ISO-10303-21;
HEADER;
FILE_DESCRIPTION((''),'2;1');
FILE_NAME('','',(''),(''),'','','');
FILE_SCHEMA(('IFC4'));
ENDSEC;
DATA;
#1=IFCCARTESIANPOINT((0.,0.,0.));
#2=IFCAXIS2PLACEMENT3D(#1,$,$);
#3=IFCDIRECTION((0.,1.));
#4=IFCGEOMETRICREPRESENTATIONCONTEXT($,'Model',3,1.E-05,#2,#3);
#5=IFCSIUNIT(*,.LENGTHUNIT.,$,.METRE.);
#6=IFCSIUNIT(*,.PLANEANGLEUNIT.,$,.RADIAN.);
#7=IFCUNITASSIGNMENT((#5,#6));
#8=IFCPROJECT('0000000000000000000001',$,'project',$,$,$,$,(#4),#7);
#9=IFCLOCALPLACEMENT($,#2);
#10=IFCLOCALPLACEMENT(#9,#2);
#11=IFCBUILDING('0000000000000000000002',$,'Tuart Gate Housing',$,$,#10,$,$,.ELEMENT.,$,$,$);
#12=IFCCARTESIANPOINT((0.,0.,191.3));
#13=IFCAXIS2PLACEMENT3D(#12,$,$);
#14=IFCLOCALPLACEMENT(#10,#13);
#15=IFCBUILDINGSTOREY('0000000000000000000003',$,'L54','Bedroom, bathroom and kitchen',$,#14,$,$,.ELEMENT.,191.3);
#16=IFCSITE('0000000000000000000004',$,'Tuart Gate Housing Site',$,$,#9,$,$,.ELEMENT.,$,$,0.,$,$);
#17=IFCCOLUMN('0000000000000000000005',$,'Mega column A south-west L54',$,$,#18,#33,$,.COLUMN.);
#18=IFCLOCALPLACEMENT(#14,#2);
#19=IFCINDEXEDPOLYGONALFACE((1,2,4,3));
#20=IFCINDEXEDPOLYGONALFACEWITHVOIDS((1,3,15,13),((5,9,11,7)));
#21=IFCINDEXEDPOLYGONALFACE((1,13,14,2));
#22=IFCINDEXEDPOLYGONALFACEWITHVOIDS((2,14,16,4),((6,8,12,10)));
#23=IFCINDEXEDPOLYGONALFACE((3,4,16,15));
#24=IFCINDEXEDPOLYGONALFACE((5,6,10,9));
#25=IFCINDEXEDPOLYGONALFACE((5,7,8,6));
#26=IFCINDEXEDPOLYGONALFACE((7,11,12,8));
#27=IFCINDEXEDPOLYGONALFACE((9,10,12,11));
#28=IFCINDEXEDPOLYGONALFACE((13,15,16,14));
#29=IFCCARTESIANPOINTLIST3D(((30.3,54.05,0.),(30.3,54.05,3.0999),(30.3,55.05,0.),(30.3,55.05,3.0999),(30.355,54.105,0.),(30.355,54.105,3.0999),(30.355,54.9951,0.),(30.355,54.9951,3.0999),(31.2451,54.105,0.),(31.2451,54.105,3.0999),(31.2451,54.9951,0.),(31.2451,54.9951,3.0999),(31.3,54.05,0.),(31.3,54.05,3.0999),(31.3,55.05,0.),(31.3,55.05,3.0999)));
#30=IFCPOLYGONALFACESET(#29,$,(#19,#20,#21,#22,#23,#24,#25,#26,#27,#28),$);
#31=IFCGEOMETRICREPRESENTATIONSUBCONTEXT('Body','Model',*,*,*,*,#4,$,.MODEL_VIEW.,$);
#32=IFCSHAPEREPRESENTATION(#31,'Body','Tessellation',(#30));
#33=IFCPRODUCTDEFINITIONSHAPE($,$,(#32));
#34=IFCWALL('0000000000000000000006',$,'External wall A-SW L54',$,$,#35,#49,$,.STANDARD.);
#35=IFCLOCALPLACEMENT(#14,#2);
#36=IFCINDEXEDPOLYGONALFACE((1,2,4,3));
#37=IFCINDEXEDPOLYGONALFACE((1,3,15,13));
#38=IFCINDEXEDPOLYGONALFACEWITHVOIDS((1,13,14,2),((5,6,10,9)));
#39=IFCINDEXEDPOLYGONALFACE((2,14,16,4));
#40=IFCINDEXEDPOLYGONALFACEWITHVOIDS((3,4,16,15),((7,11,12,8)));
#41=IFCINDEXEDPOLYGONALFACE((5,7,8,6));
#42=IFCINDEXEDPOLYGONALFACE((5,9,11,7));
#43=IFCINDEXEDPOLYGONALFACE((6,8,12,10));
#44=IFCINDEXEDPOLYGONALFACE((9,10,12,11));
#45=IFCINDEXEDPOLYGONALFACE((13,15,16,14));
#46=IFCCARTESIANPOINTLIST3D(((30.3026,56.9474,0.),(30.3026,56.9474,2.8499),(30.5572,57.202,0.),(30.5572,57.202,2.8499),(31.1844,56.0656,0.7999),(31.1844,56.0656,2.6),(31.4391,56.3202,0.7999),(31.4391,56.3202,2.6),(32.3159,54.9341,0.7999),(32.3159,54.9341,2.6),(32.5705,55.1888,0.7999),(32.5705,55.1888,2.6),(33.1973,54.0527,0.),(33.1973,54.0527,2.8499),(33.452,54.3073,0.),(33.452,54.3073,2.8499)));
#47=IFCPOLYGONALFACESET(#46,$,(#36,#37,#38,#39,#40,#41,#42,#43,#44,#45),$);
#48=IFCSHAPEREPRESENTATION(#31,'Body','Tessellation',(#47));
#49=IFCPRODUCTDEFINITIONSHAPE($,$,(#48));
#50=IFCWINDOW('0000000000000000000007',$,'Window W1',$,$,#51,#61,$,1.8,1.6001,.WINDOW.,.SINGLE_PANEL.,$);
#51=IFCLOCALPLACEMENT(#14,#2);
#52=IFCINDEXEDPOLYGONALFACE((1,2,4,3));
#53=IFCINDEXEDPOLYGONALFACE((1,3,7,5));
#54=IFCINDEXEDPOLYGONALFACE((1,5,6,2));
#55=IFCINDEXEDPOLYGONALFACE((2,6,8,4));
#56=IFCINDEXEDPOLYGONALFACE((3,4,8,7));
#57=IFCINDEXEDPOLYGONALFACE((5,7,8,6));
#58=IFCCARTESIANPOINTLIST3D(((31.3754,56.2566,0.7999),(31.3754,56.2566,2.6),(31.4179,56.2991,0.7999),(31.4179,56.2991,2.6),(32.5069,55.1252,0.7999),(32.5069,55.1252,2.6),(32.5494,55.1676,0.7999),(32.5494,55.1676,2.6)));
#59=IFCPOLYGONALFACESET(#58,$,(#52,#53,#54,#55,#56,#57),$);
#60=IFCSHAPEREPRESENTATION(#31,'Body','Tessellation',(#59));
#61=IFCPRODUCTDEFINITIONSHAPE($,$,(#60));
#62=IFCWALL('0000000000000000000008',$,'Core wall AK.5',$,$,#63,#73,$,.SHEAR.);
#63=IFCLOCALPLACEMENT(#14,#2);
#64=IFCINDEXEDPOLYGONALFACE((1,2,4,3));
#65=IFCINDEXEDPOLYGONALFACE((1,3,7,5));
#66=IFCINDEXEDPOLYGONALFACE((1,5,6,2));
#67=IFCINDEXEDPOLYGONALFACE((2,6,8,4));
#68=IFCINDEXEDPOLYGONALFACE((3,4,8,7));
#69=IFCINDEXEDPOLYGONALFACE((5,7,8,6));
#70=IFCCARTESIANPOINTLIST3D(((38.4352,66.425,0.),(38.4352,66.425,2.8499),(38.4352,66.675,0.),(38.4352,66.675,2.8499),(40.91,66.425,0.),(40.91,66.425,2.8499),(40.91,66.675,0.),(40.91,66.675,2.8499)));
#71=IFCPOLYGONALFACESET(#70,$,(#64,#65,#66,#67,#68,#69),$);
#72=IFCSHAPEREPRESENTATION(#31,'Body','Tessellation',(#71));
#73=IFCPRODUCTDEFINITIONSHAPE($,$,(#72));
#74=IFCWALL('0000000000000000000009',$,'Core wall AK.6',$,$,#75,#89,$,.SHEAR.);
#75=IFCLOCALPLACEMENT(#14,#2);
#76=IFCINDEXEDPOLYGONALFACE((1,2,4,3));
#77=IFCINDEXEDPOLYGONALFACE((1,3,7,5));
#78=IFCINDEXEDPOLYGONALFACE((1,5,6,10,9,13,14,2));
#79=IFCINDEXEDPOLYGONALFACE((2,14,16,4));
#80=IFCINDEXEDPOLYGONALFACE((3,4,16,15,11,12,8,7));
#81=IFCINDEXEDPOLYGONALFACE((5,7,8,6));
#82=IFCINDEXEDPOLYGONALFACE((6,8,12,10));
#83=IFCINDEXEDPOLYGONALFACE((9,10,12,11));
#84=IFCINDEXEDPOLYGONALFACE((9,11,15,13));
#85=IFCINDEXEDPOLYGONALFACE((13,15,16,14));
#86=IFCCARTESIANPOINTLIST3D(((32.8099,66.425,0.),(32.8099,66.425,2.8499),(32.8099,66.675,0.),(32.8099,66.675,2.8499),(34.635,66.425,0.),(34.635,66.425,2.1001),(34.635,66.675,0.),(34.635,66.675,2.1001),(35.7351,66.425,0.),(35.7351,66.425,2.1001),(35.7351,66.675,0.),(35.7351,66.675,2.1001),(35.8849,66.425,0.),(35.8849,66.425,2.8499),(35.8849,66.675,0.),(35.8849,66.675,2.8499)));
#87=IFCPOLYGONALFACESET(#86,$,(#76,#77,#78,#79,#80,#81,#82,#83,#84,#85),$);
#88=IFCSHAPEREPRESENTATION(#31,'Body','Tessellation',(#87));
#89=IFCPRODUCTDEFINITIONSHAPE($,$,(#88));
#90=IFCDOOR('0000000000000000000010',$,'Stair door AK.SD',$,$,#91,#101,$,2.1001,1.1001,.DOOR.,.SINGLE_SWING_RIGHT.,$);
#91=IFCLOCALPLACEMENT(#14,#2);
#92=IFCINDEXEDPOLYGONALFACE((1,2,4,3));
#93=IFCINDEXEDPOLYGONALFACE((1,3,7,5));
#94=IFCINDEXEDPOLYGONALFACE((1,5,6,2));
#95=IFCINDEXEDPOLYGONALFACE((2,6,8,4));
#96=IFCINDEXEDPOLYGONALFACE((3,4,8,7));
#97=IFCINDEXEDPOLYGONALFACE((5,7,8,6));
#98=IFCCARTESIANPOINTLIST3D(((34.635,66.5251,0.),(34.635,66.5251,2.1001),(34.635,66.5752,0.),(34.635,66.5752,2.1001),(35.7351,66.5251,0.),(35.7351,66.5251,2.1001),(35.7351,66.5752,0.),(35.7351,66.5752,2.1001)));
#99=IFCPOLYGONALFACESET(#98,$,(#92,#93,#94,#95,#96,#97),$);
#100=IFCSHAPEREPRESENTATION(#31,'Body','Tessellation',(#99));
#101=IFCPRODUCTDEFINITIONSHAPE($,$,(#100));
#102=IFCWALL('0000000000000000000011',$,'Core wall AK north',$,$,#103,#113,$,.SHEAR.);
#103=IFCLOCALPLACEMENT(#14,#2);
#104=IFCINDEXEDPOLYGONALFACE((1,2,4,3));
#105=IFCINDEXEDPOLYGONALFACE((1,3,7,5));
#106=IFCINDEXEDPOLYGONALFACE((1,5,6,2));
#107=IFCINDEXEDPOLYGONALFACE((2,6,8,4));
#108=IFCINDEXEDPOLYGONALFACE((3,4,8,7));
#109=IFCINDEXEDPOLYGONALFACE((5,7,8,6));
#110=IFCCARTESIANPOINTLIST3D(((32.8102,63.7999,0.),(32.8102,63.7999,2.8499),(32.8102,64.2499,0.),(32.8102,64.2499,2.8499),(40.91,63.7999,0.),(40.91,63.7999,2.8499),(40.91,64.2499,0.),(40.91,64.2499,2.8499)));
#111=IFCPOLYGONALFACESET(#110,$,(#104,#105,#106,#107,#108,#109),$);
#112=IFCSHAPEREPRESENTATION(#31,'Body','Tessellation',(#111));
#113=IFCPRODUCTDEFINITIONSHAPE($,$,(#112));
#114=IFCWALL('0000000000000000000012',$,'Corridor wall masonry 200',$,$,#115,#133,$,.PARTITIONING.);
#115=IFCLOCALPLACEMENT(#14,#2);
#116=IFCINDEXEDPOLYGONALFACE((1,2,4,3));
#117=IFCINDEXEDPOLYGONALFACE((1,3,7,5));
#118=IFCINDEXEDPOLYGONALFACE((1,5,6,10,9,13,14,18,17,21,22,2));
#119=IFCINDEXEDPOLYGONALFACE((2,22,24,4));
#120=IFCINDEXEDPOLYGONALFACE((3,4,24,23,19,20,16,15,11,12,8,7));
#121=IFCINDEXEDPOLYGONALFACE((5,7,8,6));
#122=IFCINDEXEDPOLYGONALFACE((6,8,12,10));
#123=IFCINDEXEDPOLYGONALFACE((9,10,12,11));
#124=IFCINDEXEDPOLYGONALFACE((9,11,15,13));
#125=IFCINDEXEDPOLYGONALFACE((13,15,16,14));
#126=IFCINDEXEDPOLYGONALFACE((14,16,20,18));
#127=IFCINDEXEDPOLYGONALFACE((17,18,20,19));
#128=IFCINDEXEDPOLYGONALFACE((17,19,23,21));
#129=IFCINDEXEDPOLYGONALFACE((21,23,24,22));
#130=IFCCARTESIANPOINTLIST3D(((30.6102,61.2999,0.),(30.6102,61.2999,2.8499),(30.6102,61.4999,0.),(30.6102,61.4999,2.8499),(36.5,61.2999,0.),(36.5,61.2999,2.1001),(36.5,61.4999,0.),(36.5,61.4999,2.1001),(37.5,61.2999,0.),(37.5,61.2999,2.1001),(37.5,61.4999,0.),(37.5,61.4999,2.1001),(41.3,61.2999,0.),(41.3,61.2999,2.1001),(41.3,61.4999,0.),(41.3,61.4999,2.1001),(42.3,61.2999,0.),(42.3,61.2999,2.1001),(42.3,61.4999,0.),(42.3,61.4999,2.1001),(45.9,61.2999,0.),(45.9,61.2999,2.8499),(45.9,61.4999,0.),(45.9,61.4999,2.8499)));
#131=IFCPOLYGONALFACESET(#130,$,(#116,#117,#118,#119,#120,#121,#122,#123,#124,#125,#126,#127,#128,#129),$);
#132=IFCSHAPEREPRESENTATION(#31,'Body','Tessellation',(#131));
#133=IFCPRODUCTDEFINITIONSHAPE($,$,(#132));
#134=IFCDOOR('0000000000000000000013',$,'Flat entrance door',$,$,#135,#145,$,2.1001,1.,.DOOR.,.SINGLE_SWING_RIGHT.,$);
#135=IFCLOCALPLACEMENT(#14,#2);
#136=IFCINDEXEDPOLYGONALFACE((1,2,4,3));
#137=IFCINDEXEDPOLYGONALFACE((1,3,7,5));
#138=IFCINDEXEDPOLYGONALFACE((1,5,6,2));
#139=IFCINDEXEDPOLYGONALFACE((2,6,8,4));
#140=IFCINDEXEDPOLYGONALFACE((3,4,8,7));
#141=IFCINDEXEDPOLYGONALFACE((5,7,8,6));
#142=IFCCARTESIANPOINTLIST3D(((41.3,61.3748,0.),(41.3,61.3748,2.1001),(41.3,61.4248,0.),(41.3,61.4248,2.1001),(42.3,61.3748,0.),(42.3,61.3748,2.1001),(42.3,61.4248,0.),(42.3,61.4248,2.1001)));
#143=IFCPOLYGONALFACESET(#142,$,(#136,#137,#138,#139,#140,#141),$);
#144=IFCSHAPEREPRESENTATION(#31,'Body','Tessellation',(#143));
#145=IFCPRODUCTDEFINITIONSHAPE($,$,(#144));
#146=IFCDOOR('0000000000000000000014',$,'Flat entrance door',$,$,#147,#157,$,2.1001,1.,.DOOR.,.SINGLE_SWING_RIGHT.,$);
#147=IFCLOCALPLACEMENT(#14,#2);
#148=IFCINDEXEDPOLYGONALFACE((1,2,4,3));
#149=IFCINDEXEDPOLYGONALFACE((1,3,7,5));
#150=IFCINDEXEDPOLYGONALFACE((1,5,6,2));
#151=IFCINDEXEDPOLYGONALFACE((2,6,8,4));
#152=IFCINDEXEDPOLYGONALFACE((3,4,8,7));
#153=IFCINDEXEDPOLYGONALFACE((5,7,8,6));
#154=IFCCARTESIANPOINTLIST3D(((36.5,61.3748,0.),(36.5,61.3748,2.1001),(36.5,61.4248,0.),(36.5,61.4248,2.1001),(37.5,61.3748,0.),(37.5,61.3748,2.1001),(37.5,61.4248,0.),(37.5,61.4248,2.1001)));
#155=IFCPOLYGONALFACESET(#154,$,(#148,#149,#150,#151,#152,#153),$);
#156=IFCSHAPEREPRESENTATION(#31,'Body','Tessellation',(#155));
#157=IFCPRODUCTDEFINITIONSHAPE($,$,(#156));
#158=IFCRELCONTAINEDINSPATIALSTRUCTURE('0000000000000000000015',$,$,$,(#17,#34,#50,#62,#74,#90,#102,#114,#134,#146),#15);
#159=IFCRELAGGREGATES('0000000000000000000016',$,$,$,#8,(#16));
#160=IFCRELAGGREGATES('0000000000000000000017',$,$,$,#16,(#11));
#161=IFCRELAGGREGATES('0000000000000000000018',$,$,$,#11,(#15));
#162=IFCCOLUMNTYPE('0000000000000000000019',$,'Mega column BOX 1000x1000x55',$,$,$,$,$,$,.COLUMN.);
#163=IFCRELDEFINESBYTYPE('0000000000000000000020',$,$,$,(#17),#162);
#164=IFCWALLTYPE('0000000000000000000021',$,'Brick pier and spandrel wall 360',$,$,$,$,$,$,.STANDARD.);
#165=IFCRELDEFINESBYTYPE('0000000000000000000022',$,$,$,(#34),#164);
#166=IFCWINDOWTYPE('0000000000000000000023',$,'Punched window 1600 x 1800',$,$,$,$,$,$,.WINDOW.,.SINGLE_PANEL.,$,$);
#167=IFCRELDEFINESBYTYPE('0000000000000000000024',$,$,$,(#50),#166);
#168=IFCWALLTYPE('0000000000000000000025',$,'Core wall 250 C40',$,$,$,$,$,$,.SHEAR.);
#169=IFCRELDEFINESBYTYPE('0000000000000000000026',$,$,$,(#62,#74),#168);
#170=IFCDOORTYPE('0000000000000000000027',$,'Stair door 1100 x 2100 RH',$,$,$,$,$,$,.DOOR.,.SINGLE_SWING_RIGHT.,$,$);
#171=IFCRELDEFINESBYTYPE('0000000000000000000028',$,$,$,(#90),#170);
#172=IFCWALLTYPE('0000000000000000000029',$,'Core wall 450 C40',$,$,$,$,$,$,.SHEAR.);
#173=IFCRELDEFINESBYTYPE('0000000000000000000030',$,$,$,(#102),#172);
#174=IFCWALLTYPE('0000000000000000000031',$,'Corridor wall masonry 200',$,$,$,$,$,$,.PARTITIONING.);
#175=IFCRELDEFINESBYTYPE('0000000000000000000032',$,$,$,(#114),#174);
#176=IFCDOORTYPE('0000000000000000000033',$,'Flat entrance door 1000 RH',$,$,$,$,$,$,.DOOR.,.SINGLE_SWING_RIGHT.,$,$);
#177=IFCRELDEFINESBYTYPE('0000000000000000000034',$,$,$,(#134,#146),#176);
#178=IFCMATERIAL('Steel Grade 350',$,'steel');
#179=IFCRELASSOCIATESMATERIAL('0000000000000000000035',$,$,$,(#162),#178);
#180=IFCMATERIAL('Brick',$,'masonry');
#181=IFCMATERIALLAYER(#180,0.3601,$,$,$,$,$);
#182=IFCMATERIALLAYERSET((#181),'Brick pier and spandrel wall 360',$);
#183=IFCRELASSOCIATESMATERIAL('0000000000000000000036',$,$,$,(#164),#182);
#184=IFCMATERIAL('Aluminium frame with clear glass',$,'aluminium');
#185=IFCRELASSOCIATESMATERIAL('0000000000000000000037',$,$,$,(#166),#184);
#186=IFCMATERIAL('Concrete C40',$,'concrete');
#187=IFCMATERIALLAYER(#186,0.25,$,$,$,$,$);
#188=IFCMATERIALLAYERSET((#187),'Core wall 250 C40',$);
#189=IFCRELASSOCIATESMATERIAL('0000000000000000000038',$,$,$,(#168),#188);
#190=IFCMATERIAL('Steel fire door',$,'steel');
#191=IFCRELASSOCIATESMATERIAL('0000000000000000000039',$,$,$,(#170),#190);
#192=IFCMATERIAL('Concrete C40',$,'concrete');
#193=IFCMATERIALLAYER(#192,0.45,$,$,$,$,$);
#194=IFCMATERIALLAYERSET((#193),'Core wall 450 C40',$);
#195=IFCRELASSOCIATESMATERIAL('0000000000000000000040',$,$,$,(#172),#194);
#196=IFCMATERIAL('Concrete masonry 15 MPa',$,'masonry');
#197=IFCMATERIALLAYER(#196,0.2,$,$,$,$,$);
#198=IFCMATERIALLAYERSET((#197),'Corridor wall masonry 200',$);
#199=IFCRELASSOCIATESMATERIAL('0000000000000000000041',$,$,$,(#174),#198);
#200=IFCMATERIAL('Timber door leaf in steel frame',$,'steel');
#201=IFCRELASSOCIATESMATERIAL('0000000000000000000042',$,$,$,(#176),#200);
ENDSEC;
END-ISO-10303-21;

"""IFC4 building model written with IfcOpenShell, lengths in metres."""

from ifc_helpers import new_model, si_unit, direction, frame, frame_2d, origin, origin_2d, place, context, subcontext, project, spatial, rectangle, hollow_rectangle, extrude, material, layer, layer_set, material_profile, profile_set, type_object, element, fill, save


model = new_model("IFC4")

# Units and contexts
model_context = context("Model", 3, precision=1e-05, world=origin(), true_north=direction((0.0, 1.0)))
body_context = subcontext(model_context, "Body", "Model", "MODEL_VIEW")
ifc_project = project(units=[si_unit("LENGTHUNIT", "METRE"), si_unit("PLANEANGLEUNIT", "RADIAN")], contexts=[model_context])

# Site, building, storey
site_placement = place(None, origin())
site = spatial("IfcSite", under=ifc_project, at=site_placement, Name="Tuart Gate Housing Site", CompositionType="ELEMENT", RefElevation=0.0)
building_placement = place(site_placement, origin())
building = spatial("IfcBuilding", under=site, at=building_placement, Name="Tuart Gate Housing", CompositionType="ELEMENT")
storey_placement = place(building_placement, frame((0.0, 0.0, 191.3)))
storey = spatial("IfcBuildingStorey", under=building, at=storey_placement, Name="L54", Description="Bedroom, bathroom and kitchen", CompositionType="ELEMENT", Elevation=191.3)

# Column
ifc_material_1 = material(Name="Steel Grade 350", Category="steel")
ifc_material_profile = material_profile(ifc_material_1, hollow_rectangle(XDim=1.0, YDim=1.0, WallThickness=0.0549, at=origin_2d()), Name="BOX 1000x1000x55")
ifc_profile_set = profile_set([ifc_material_profile], Name="Steel Grade 350")
column_type = type_object("IfcColumnType", Name="Mega column BOX 1000x1000x55", PredefinedType="COLUMN", material=ifc_profile_set)
column_placement = place(storey_placement, frame((30.8, 54.55, 0.0), z_axis=(0.0, 0.0, 1.0), x_axis=(1.0, 0.0, 0.0)))
element("IfcColumn", 1, at=column_placement, inside=storey, type_object=column_type, Name="Mega column A south-west L54", PredefinedType="COLUMN", context=body_context, shape_type="SweptSolid", body=[
    extrude(hollow_rectangle(XDim=1.0, YDim=1.0, WallThickness=0.0549, at=origin_2d()), origin(), (0.0, 0.0, 1.0), 3.0999),
])

# Wall, opening, window
ifc_material_2 = material(Name="Brick", Category="masonry")
ifc_layer_1 = layer(ifc_material_2, 0.3601)
ifc_layer_set_1 = layer_set([ifc_layer_1], Name="Brick pier and spandrel wall 360")
wall_type_1 = type_object("IfcWallType", Name="Brick pier and spandrel wall 360", PredefinedType="STANDARD", material=ifc_layer_set_1)
wall_1_placement = place(storey_placement, frame((30.4299, 57.0747, 0.0), z_axis=(0.0, 0.0, 1.0), x_axis=(0.707107, -0.707107, 0.0)))
wall_1 = element("IfcWall", 2, at=wall_1_placement, inside=storey, type_object=wall_type_1, Name="External wall A-SW L54", PredefinedType="STANDARD", context=body_context, shape_type="SweptSolid", body=[
    extrude(rectangle(XDim=4.0938, YDim=0.3601, at=frame_2d((2.0469, 0.0))), origin(), (0.0, 0.0, 1.0), 2.8499),
])
opening_1_placement = place(wall_1_placement, frame((1.2471, 0.0, 0.8)))
opening_1 = element("IfcOpeningElement", 3, at=opening_1_placement, cuts=wall_1, PredefinedType="OPENING", context=body_context, shape_type="SweptSolid", body=[
    extrude(rectangle(XDim=1.6001, YDim=1.8, at=frame_2d((0.8, 0.8999))), frame((0.0, 0.1899, 0.0), z_axis=(0.0, -1.0, 0.0), x_axis=(1.0, 0.0, 0.0)), (0.0, 0.0, 1.0), 0.3801),
])
ifc_material_3 = material(Name="Aluminium frame with clear glass", Category="aluminium")
window_type = type_object("IfcWindowType", Name="Punched window 1600 x 1800", PartitioningType="SINGLE_PANEL", PredefinedType="WINDOW", material=ifc_material_3)
window_placement = place(opening_1_placement, origin())
window = element("IfcWindow", 4, at=window_placement, inside=storey, type_object=window_type, Name="Window W1", OverallHeight=1.8, OverallWidth=1.6001, PartitioningType="SINGLE_PANEL", PredefinedType="WINDOW", context=body_context, shape_type="SweptSolid", body=[
    extrude(rectangle(XDim=1.6001, YDim=1.8, at=frame_2d((0.8, 0.8999))), frame((0.0, 0.1501, 0.0), z_axis=(0.0, -1.0, 0.0), x_axis=(1.0, 0.0, 0.0)), (0.0, 0.0, 1.0), 0.0601),
])
fill(opening_1, window)

# Wall
ifc_material_4 = material(Name="Concrete C40", Category="concrete")
ifc_layer_2 = layer(ifc_material_4, 0.25)
ifc_layer_set_2 = layer_set([ifc_layer_2], Name="Core wall 250 C40")
wall_type_2 = type_object("IfcWallType", Name="Core wall 250 C40", PredefinedType="SHEAR", material=ifc_layer_set_2)
wall_2_placement = place(storey_placement, frame((40.9099, 66.55, 0.0), z_axis=(0.0, 0.0, 1.0), x_axis=(-1.0, 0.0, 0.0)))
element("IfcWall", 5, at=wall_2_placement, inside=storey, type_object=wall_type_2, Name="Core wall AK.5", PredefinedType="SHEAR", context=body_context, shape_type="SweptSolid", body=[
    extrude(rectangle(XDim=2.4749, YDim=0.25, at=frame_2d((1.2373, 0.0))), origin(), (0.0, 0.0, 1.0), 2.8499),
])

# Wall, opening, door
wall_3_placement = place(storey_placement, frame((35.885, 66.55, 0.0), z_axis=(0.0, 0.0, 1.0), x_axis=(-1.0, 0.0, 0.0)))
wall_3 = element("IfcWall", 6, at=wall_3_placement, inside=storey, type_object=wall_type_2, Name="Core wall AK.6", PredefinedType="SHEAR", context=body_context, shape_type="SweptSolid", body=[
    extrude(rectangle(XDim=3.075, YDim=0.25, at=frame_2d((1.5376, 0.0))), origin(), (0.0, 0.0, 1.0), 2.8499),
])
opening_2_placement = place(wall_3_placement, frame((0.1499, 0.0, 0.0)))
opening_2 = element("IfcOpeningElement", 7, at=opening_2_placement, cuts=wall_3, PredefinedType="OPENING", context=body_context, shape_type="SweptSolid", body=[
    extrude(rectangle(XDim=1.1001, YDim=2.1001, at=frame_2d((0.55, 1.05))), frame((0.0, 0.135, 0.0), z_axis=(0.0, -1.0, 0.0), x_axis=(1.0, 0.0, 0.0)), (0.0, 0.0, 1.0), 0.27),
])
ifc_material_5 = material(Name="Steel fire door", Category="steel")
door_type_1 = type_object("IfcDoorType", Name="Stair door 1100 x 2100 RH", OperationType="SINGLE_SWING_RIGHT", PredefinedType="DOOR", material=ifc_material_5)
door_1_placement = place(opening_2_placement, frame((1.1001, 0.0, 0.0), z_axis=(0.0, 0.0, 1.0), x_axis=(-1.0, 0.0, 0.0)))
door_1 = element("IfcDoor", 8, at=door_1_placement, inside=storey, type_object=door_type_1, Name="Stair door AK.SD", OperationType="SINGLE_SWING_RIGHT", OverallHeight=2.1001, OverallWidth=1.1001, PredefinedType="DOOR", context=body_context, shape_type="SweptSolid", body=[
    extrude(rectangle(XDim=1.1001, YDim=2.1001, at=frame_2d((0.55, 1.05))), frame((0.0, 0.0251, 0.0), z_axis=(0.0, -1.0, 0.0), x_axis=(1.0, 0.0, 0.0)), (0.0, 0.0, 1.0), 0.05),
])
fill(opening_2, door_1)

# Wall
ifc_material_6 = material(Name="Concrete C40", Category="concrete")
ifc_layer_3 = layer(ifc_material_6, 0.45)
ifc_layer_set_3 = layer_set([ifc_layer_3], Name="Core wall 450 C40")
wall_type_3 = type_object("IfcWallType", Name="Core wall 450 C40", PredefinedType="SHEAR", material=ifc_layer_set_3)
wall_4_placement = place(storey_placement, frame((40.9099, 64.0249, 0.0), z_axis=(0.0, 0.0, 1.0), x_axis=(-1.0, 0.0, 0.0)))
element("IfcWall", 9, at=wall_4_placement, inside=storey, type_object=wall_type_3, Name="Core wall AK north", PredefinedType="SHEAR", context=body_context, shape_type="SweptSolid", body=[
    extrude(rectangle(XDim=8.0999, YDim=0.45, at=frame_2d((4.0498, 0.0))), origin(), (0.0, 0.0, 1.0), 2.8499),
])

# Wall, openings, doors
ifc_material_7 = material(Name="Concrete masonry 15 MPa", Category="masonry")
ifc_layer_4 = layer(ifc_material_7, 0.2)
ifc_layer_set_4 = layer_set([ifc_layer_4], Name="Corridor wall masonry 200")
wall_type_4 = type_object("IfcWallType", Name="Corridor wall masonry 200", PredefinedType="PARTITIONING", material=ifc_layer_set_4)
wall_5_placement = place(storey_placement, frame((30.6101, 61.3999, 0.0), z_axis=(0.0, 0.0, 1.0), x_axis=(1.0, 0.0, 0.0)))
wall_5 = element("IfcWall", 10, at=wall_5_placement, inside=storey, type_object=wall_type_4, Name="Corridor wall masonry 200", PredefinedType="PARTITIONING", context=body_context, shape_type="SweptSolid", body=[
    extrude(rectangle(XDim=15.2898, YDim=0.2, at=frame_2d((7.645, 0.0))), origin(), (0.0, 0.0, 1.0), 2.8499),
])
opening_3_placement = place(wall_5_placement, frame((10.6899, 0.0, 0.0)))
opening_3 = element("IfcOpeningElement", 11, at=opening_3_placement, cuts=wall_5, PredefinedType="OPENING", context=body_context, shape_type="SweptSolid", body=[
    extrude(rectangle(XDim=1.0, YDim=2.1001, at=frame_2d((0.5, 1.05))), frame((0.0, 0.1099, 0.0), z_axis=(0.0, -1.0, 0.0), x_axis=(1.0, 0.0, 0.0)), (0.0, 0.0, 1.0), 0.22),
])
opening_4_placement = place(wall_5_placement, frame((5.8899, 0.0, 0.0)))
opening_4 = element("IfcOpeningElement", 12, at=opening_4_placement, cuts=wall_5, PredefinedType="OPENING", context=body_context, shape_type="SweptSolid", body=[
    extrude(rectangle(XDim=1.0, YDim=2.1001, at=frame_2d((0.5, 1.05))), frame((0.0, 0.1099, 0.0), z_axis=(0.0, -1.0, 0.0), x_axis=(1.0, 0.0, 0.0)), (0.0, 0.0, 1.0), 0.22),
])
ifc_material_8 = material(Name="Timber door leaf in steel frame", Category="steel")
door_type_2 = type_object("IfcDoorType", Name="Flat entrance door 1000 RH", OperationType="SINGLE_SWING_RIGHT", PredefinedType="DOOR", material=ifc_material_8)
door_2_placement = place(opening_3_placement, frame((1.0, 0.0, 0.0), z_axis=(0.0, 0.0, 1.0), x_axis=(-1.0, 0.0, 0.0)))
door_2 = element("IfcDoor", 13, at=door_2_placement, inside=storey, type_object=door_type_2, Name="Flat entrance door", OperationType="SINGLE_SWING_RIGHT", OverallHeight=2.1001, OverallWidth=1.0, PredefinedType="DOOR", context=body_context, shape_type="SweptSolid", body=[
    extrude(rectangle(XDim=1.0, YDim=2.1001, at=frame_2d((0.5, 1.05))), frame((0.0, 0.0251, 0.0), z_axis=(0.0, -1.0, 0.0), x_axis=(1.0, 0.0, 0.0)), (0.0, 0.0, 1.0), 0.05),
])
fill(opening_3, door_2)
door_3_placement = place(opening_4_placement, frame((1.0, 0.0, 0.0), z_axis=(0.0, 0.0, 1.0), x_axis=(-1.0, 0.0, 0.0)))
door_3 = element("IfcDoor", 14, at=door_3_placement, inside=storey, type_object=door_type_2, Name="Flat entrance door", OperationType="SINGLE_SWING_RIGHT", OverallHeight=2.1001, OverallWidth=1.0, PredefinedType="DOOR", context=body_context, shape_type="SweptSolid", body=[
    extrude(rectangle(XDim=1.0, YDim=2.1001, at=frame_2d((0.5, 1.05))), frame((0.0, 0.0251, 0.0), z_axis=(0.0, -1.0, 0.0), x_axis=(1.0, 0.0, 0.0)), (0.0, 0.0, 1.0), 0.05),
])
fill(opening_4, door_3)

save(model, "model.ifc")
